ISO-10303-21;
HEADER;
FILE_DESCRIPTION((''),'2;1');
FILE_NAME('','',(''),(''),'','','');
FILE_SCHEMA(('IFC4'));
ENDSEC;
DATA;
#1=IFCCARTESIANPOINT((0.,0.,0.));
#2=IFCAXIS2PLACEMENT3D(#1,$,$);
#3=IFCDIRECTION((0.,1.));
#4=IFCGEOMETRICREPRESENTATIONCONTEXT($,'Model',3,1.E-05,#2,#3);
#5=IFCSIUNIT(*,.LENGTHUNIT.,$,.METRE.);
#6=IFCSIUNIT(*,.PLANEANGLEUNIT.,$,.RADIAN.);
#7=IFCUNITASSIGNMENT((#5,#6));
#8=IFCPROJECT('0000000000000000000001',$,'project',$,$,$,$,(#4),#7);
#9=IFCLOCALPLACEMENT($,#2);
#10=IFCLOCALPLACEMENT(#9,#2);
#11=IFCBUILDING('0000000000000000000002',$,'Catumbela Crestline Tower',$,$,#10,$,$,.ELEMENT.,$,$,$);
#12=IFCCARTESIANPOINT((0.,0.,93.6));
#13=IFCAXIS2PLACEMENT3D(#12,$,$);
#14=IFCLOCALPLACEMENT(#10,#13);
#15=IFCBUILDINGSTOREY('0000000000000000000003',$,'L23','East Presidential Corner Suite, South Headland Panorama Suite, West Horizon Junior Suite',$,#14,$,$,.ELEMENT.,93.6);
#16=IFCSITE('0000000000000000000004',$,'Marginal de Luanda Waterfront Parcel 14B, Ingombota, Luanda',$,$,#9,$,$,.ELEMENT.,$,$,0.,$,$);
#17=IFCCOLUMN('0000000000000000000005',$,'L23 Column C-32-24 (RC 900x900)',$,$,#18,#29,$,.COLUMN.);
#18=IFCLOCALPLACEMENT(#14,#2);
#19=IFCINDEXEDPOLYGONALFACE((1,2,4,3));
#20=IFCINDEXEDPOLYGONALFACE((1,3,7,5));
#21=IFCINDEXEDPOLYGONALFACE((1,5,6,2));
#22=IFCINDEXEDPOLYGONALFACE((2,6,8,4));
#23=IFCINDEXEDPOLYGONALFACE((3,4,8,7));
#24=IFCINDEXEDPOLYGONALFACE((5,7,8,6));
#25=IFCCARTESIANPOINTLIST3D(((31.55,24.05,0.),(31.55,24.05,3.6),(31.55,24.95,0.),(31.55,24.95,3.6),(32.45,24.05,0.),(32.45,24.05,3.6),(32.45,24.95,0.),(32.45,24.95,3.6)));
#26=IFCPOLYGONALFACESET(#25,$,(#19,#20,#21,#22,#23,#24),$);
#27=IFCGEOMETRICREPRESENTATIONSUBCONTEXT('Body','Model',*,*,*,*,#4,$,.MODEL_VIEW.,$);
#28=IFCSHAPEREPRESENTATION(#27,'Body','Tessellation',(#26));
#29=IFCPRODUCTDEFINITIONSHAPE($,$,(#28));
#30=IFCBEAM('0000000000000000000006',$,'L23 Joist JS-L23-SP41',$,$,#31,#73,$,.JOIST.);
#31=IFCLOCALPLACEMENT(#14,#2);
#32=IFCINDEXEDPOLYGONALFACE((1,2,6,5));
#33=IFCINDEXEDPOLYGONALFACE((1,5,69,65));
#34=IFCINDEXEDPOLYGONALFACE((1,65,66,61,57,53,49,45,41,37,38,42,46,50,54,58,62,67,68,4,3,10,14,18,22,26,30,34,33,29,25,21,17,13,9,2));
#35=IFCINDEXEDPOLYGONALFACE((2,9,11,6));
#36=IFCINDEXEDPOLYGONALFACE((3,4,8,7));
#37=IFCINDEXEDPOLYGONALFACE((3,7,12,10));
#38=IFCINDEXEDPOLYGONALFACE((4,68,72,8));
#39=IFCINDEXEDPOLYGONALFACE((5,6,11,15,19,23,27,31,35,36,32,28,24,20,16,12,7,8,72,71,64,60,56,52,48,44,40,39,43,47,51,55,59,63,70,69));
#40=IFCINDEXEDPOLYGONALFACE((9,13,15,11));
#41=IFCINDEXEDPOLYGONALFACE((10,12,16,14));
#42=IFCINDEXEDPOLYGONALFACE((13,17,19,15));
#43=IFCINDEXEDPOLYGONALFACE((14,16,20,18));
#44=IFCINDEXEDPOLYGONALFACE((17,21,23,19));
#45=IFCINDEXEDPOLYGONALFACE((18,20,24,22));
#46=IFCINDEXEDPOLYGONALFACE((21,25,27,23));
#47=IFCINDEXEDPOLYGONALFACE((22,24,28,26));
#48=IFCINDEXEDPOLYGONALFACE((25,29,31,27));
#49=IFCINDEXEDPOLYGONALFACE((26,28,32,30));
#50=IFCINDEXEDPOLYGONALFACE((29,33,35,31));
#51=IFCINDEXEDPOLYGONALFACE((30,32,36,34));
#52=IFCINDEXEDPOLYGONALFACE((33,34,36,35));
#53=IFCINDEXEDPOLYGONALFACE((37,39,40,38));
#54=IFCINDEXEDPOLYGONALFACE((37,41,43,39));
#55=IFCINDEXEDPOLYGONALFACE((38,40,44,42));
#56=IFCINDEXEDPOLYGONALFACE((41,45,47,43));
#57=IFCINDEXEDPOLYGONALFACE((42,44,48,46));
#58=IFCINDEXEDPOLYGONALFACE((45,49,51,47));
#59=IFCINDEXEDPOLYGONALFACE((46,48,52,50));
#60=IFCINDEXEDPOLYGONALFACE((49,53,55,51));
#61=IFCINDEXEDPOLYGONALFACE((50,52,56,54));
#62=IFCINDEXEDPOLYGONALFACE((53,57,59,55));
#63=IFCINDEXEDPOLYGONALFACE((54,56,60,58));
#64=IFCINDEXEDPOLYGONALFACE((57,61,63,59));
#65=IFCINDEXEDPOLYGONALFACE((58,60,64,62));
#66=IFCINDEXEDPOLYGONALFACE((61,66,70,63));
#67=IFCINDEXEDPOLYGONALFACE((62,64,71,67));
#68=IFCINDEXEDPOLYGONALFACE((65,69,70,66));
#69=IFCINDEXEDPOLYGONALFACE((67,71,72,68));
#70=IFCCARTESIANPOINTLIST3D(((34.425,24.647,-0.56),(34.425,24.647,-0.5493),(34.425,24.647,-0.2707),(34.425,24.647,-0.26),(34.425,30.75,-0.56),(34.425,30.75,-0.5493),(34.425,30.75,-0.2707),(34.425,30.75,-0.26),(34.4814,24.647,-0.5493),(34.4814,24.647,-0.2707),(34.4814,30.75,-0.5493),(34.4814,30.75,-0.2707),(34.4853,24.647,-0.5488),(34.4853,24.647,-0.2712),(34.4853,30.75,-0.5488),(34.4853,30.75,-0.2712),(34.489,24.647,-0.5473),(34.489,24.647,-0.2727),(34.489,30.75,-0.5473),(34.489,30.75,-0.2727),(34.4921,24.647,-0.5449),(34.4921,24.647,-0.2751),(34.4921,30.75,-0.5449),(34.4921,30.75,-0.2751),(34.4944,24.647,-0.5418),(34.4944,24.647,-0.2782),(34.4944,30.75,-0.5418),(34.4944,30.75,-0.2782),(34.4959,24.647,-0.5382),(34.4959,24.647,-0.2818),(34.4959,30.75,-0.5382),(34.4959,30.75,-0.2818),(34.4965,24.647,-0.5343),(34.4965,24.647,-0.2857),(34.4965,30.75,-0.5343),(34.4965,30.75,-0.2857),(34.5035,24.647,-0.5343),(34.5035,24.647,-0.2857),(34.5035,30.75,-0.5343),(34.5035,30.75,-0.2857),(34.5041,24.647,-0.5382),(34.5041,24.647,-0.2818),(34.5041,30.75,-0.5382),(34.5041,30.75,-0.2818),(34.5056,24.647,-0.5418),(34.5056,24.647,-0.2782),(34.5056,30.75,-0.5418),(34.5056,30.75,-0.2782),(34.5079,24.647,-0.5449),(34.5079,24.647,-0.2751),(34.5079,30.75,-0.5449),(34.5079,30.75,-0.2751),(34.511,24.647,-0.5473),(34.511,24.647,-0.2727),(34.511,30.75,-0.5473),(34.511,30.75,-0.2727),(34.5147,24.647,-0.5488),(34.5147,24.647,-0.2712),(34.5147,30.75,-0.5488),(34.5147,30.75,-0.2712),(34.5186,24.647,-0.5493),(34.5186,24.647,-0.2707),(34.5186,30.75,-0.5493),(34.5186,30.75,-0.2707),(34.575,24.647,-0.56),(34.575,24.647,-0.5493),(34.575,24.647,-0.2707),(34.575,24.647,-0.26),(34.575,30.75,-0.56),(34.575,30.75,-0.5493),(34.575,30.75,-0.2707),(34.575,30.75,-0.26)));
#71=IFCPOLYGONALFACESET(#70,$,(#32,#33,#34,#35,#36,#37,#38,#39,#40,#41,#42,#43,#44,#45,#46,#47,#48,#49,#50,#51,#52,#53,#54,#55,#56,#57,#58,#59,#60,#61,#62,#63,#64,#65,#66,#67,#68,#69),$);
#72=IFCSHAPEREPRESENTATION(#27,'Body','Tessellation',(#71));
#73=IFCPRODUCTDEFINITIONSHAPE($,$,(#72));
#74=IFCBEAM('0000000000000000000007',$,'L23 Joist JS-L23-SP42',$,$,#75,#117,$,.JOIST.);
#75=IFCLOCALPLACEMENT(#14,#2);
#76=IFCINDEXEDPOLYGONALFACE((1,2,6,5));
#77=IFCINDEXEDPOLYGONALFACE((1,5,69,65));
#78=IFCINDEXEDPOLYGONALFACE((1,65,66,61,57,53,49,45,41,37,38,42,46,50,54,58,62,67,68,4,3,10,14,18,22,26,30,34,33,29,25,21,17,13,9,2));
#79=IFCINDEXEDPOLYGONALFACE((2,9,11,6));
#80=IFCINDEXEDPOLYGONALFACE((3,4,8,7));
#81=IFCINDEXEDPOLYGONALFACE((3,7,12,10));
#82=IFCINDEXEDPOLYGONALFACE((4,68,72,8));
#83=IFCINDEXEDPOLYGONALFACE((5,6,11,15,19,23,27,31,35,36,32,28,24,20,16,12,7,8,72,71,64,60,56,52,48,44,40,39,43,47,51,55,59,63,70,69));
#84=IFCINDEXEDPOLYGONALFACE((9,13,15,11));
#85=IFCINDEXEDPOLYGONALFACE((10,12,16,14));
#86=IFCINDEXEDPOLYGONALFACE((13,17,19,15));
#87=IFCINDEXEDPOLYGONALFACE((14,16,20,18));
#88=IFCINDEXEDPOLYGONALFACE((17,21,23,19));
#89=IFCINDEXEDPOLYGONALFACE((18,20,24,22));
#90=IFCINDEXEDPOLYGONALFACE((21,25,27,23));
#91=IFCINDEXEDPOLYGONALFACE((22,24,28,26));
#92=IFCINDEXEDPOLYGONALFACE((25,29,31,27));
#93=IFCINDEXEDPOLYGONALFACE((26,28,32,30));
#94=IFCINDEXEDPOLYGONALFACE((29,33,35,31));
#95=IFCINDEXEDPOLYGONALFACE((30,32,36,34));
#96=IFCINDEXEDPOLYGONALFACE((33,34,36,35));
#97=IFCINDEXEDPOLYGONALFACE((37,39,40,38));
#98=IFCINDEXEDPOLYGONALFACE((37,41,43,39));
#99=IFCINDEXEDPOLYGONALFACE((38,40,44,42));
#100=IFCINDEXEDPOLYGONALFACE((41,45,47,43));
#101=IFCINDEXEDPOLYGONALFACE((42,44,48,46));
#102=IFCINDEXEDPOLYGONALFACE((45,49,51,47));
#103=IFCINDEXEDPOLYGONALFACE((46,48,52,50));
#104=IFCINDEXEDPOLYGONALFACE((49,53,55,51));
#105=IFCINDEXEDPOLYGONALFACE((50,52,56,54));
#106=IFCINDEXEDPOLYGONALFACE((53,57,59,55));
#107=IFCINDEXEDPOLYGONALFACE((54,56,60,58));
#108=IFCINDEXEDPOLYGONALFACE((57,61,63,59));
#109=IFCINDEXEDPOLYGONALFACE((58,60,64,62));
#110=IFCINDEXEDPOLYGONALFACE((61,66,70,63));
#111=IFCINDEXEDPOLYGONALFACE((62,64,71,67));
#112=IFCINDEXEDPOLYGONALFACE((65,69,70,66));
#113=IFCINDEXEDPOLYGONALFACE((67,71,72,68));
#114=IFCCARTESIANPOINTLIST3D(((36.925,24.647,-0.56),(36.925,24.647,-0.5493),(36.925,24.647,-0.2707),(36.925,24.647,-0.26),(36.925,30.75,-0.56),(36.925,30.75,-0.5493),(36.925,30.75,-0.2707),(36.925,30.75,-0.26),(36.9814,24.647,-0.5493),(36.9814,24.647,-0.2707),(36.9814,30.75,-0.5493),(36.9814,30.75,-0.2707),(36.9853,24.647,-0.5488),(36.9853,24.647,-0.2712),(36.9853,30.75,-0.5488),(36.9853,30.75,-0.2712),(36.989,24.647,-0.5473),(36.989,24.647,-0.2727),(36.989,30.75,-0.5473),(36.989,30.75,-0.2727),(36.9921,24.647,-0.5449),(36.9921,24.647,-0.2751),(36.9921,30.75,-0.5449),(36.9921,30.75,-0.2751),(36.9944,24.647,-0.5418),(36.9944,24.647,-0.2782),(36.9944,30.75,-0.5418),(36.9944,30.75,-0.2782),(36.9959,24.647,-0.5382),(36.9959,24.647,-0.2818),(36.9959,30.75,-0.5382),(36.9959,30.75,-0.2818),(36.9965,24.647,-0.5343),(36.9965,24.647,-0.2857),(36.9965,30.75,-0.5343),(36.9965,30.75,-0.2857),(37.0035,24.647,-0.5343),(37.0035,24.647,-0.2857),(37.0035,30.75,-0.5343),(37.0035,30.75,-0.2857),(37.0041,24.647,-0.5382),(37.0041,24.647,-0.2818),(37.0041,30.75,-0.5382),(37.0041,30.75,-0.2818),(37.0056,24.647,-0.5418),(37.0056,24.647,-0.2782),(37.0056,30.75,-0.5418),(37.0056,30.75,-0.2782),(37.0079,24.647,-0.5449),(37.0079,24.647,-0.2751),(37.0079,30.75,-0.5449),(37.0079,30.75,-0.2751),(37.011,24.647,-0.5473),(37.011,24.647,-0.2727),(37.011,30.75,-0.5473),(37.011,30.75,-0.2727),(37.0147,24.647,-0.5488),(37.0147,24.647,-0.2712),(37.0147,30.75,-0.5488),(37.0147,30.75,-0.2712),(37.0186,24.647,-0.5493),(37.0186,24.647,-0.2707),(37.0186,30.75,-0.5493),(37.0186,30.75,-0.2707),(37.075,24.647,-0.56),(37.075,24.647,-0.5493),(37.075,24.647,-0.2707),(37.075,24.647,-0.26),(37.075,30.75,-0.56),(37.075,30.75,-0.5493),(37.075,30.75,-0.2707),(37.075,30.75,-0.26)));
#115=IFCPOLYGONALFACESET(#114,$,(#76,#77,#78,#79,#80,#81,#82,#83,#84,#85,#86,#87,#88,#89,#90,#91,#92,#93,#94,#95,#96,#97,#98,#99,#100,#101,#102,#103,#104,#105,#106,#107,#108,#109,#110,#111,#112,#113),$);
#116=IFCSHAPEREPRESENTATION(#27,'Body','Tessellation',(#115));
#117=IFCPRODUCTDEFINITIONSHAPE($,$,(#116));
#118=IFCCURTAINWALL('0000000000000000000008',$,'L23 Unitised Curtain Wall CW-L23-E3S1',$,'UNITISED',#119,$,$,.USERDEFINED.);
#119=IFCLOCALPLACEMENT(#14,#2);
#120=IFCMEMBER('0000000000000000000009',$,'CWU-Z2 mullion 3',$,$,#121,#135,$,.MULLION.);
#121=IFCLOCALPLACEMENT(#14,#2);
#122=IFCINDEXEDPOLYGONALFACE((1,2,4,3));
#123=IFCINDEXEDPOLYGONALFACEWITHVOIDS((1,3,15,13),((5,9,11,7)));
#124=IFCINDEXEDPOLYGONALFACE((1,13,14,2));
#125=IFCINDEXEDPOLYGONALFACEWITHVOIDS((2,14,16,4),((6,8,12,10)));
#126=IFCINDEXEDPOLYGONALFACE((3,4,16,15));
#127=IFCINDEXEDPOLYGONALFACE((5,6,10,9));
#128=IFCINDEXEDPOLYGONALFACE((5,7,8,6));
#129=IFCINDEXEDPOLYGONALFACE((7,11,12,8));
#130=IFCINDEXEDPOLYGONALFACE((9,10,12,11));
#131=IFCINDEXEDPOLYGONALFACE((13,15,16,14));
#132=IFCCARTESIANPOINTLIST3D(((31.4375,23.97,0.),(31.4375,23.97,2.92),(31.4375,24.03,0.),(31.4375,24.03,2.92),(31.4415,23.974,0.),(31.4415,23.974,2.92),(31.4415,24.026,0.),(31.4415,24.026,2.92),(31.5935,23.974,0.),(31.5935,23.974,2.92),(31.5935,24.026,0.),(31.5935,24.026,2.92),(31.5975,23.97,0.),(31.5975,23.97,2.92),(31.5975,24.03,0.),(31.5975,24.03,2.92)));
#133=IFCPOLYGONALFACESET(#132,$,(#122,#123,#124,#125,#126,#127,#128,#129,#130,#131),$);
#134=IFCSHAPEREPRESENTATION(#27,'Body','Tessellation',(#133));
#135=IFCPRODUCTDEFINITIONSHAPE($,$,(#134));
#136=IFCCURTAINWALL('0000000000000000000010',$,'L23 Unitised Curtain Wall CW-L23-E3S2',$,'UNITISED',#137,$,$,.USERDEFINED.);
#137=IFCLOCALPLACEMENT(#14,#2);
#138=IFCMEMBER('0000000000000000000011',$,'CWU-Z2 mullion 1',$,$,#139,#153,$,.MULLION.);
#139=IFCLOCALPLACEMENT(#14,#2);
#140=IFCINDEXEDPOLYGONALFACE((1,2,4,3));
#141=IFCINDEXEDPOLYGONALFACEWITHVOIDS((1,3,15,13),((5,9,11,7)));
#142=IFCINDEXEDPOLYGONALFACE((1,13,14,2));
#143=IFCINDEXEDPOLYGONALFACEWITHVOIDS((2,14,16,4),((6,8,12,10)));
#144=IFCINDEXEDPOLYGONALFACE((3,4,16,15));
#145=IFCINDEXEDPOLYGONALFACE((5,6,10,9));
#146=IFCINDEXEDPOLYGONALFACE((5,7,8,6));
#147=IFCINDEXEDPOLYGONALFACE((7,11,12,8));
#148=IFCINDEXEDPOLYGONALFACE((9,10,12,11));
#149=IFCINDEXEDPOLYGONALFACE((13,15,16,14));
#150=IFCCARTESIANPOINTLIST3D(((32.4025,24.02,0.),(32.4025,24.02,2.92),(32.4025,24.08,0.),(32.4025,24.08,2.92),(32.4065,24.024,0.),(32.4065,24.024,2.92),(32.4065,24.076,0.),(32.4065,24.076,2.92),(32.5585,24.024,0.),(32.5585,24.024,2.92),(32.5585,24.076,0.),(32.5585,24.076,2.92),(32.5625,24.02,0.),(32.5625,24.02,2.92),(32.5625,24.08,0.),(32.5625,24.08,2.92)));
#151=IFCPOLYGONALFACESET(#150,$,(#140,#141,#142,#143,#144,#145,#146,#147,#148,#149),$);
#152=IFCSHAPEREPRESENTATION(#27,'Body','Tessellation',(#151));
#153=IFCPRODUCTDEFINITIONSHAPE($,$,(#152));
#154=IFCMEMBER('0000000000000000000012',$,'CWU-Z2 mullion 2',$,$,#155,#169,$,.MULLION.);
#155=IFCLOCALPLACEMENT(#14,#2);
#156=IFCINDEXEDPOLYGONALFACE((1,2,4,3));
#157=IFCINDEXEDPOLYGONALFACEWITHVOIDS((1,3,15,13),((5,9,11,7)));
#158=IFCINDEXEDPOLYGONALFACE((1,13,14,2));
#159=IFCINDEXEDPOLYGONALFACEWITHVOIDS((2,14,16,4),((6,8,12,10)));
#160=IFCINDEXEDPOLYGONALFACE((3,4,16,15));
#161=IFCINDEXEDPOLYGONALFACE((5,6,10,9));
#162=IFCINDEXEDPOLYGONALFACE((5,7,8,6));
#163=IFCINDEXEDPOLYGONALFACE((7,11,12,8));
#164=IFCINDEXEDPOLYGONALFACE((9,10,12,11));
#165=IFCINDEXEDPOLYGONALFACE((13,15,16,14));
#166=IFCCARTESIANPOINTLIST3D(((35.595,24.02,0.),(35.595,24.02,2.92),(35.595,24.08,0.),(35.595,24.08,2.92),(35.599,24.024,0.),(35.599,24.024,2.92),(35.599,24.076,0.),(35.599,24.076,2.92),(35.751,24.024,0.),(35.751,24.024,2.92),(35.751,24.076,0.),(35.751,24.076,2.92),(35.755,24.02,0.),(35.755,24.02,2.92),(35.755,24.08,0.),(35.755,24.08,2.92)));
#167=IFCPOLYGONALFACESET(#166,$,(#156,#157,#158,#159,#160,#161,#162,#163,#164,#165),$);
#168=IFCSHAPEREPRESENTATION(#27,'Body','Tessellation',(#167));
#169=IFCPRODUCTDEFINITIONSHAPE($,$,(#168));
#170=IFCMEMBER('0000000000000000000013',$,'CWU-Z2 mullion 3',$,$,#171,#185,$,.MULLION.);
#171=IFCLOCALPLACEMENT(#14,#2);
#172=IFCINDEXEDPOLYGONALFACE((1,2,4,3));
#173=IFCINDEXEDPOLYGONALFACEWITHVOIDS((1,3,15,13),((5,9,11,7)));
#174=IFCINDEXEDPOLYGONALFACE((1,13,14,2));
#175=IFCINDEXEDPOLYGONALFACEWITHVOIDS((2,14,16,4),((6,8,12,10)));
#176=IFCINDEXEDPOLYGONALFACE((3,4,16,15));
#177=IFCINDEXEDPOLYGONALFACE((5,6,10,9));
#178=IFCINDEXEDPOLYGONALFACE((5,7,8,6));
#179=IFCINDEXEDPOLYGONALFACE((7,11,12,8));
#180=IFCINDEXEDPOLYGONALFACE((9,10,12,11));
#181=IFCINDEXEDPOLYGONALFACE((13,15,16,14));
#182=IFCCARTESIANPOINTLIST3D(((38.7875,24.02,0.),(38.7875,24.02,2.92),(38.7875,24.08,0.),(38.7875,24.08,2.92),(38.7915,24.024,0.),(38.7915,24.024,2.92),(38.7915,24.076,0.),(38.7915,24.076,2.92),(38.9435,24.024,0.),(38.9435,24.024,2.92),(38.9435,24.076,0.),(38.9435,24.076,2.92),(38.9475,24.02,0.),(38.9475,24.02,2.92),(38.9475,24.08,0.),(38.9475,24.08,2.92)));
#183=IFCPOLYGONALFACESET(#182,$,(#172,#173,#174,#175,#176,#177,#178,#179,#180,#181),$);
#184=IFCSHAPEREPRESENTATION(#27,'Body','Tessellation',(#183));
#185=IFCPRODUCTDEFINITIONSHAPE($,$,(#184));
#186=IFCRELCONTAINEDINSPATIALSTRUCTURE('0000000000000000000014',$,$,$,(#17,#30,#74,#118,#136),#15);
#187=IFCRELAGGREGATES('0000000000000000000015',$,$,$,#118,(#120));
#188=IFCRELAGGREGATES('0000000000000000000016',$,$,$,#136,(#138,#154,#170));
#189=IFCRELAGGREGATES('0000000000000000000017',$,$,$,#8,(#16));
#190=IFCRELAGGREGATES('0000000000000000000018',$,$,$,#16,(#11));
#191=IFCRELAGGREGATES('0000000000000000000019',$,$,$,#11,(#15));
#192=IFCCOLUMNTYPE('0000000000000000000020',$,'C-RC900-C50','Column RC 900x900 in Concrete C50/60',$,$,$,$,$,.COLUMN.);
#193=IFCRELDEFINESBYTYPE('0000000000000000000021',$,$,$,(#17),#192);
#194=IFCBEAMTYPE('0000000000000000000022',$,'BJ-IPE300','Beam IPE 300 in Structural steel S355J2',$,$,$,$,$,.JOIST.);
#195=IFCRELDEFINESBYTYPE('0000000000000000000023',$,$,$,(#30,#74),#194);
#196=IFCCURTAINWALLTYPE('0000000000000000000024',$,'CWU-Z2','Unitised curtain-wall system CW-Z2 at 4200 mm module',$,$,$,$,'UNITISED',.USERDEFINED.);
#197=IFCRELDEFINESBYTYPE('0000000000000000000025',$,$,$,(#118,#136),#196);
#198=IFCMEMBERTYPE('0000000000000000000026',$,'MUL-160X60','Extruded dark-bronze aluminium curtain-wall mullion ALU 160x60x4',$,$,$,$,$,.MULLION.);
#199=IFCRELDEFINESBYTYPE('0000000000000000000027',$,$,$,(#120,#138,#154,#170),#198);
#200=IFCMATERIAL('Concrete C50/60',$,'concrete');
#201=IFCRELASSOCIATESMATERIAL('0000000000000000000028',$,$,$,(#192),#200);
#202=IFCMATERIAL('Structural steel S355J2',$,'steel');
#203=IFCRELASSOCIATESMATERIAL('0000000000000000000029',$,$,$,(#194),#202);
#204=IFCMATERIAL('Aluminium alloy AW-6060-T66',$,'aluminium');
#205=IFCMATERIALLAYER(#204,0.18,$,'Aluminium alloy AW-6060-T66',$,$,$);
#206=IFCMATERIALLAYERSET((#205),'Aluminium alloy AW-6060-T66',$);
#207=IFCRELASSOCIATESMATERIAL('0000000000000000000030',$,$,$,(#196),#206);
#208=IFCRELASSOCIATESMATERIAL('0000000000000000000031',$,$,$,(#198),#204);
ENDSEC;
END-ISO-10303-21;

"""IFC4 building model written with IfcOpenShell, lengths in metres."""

from ifc_helpers import new_model, si_unit, direction, frame, origin, origin_2d, place, context, subcontext, project, spatial, rectangle, hollow_rectangle, i_section, extrude, material, layer, layer_set, material_profile, profile_set, type_object, element, aggregate, save


model = new_model("IFC4")

# Units and contexts
model_context = context("Model", 3, precision=1e-05, world=origin(), true_north=direction((0.0, 1.0)))
body_context = subcontext(model_context, "Body", "Model", "MODEL_VIEW")
ifc_project = project(units=[si_unit("LENGTHUNIT", "METRE"), si_unit("PLANEANGLEUNIT", "RADIAN")], contexts=[model_context])

# Site, building, storey
site_placement = place(None, origin())
site = spatial("IfcSite", under=ifc_project, at=site_placement, Name="Marginal de Luanda Waterfront Parcel 14B, Ingombota, Luanda", CompositionType="ELEMENT", RefElevation=0.0)
building_placement = place(site_placement, origin())
building = spatial("IfcBuilding", under=site, at=building_placement, Name="Catumbela Crestline Tower", CompositionType="ELEMENT")
storey_placement = place(building_placement, frame((0.0, 0.0, 93.6)))
storey = spatial("IfcBuildingStorey", under=building, at=storey_placement, Name="L23", Description="East Presidential Corner Suite, South Headland Panorama Suite, West Horizon Junior Suite", CompositionType="ELEMENT", Elevation=93.6)

# Column
ifc_material_1 = material(Name="Concrete C50/60", Category="concrete")
ifc_material_profile_1 = material_profile(ifc_material_1, rectangle(XDim=0.9, YDim=0.9, at=origin_2d()), Name="RC 900x900")
ifc_profile_set_1 = profile_set([ifc_material_profile_1], Name="Concrete C50/60")
column_type = type_object("IfcColumnType", Name="C-RC900-C50", Description="Column RC 900x900 in Concrete C50/60", PredefinedType="COLUMN", material=ifc_profile_set_1)
column_placement = place(storey_placement, frame((32.0, 24.5, 0.0), z_axis=(0.0, 0.0, 1.0), x_axis=(1.0, 0.0, 0.0)))
element("IfcColumn", 1, at=column_placement, inside=storey, type_object=column_type, Name="L23 Column C-32-24 (RC 900x900)", PredefinedType="COLUMN", context=body_context, shape_type="SweptSolid", body=[
    extrude(rectangle(XDim=0.9, YDim=0.9, at=origin_2d()), origin(), (0.0, 0.0, 1.0), 3.6),
])

# Beams
ifc_material_2 = material(Name="Structural steel S355J2", Category="steel")
ifc_material_profile_2 = material_profile(ifc_material_2, i_section(OverallWidth=0.15, OverallDepth=0.3, WebThickness=0.0071, FlangeThickness=0.0107, FilletRadius=0.015, at=origin_2d()), Name="IPE 300")
ifc_profile_set_2 = profile_set([ifc_material_profile_2], Name="Structural steel S355J2")
beam_type_1 = type_object("IfcBeamType", Name="BJ-IPE300", Description="Beam IPE 300 in Structural steel S355J2", PredefinedType="JOIST", material=ifc_profile_set_2)
for number, where, z_axis, x_axis, name in (
    (2, (34.5, 24.647, -0.41), (0.0, 1.0, 0.0), (-1.0, 0.0, 0.0), "L23 Joist JS-L23-SP41"),
    (3, (37.0, 24.647, -0.41), (0.0, 1.0, 0.0), (-1.0, 0.0, 0.0), "L23 Joist JS-L23-SP42"),
):
    element("IfcBeam", number, at=place(storey_placement, frame(where, z_axis=z_axis, x_axis=x_axis)), inside=storey, type_object=beam_type_1, Name=name, PredefinedType="JOIST", context=body_context, shape_type="SweptSolid", body=[
        extrude(i_section(OverallWidth=0.15, OverallDepth=0.3, WebThickness=0.0071, FlangeThickness=0.0107, FilletRadius=0.015, at=origin_2d()), origin(), (0.0, 0.0, 1.0), 6.103),
    ])

# Curtain wall, member
ifc_material_3 = material(Name="Aluminium alloy AW-6060-T66", Category="aluminium")
ifc_layer_1 = layer(ifc_material_3, 0.18, Name="Aluminium alloy AW-6060-T66")
ifc_layer_set_1 = layer_set([ifc_layer_1], Name="Aluminium alloy AW-6060-T66")
curtain_wall_type = type_object("IfcCurtainWallType", Name="CWU-Z2", Description="Unitised curtain-wall system CW-Z2 at 4200 mm module", ElementType="UNITISED", PredefinedType="USERDEFINED", material=ifc_layer_set_1)
curtain_wall_1_placement = place(storey_placement, origin())
curtain_wall_1 = element("IfcCurtainWall", 4, at=curtain_wall_1_placement, inside=storey, type_object=curtain_wall_type, Name="L23 Unitised Curtain Wall CW-L23-E3S1", ObjectType="UNITISED", PredefinedType="USERDEFINED")
ifc_material_profile_3 = material_profile(ifc_material_3, hollow_rectangle(XDim=0.06, YDim=0.16, WallThickness=0.004, at=origin_2d()), Name="ALU 160x60x4")
ifc_profile_set_3 = profile_set([ifc_material_profile_3], Name="Aluminium alloy AW-6060-T66")
member_type_1 = type_object("IfcMemberType", Name="MUL-160X60", Description="Extruded dark-bronze aluminium curtain-wall mullion ALU 160x60x4", PredefinedType="MULLION", material=ifc_profile_set_3)
member_1_placement = place(storey_placement, frame((31.5175, 24.0, 0.0), z_axis=(0.0, 0.0, 1.0), x_axis=(0.0, 1.0, 0.0)))
member_1 = element("IfcMember", 5, at=member_1_placement, type_object=member_type_1, Name="CWU-Z2 mullion 3", PredefinedType="MULLION", context=body_context, shape_type="SweptSolid", body=[
    extrude(hollow_rectangle(XDim=0.06, YDim=0.16, WallThickness=0.004, at=origin_2d()), origin(), (0.0, 0.0, 1.0), 2.92),
])

# Curtain wall, members
curtain_wall_2_placement = place(storey_placement, origin())
curtain_wall_2 = element("IfcCurtainWall", 6, at=curtain_wall_2_placement, inside=storey, type_object=curtain_wall_type, Name="L23 Unitised Curtain Wall CW-L23-E3S2", ObjectType="UNITISED", PredefinedType="USERDEFINED")
member_2_placement = place(storey_placement, frame((32.4825, 24.05, 0.0), z_axis=(0.0, 0.0, 1.0), x_axis=(0.0, 1.0, 0.0)))
member_2 = element("IfcMember", 7, at=member_2_placement, type_object=member_type_1, Name="CWU-Z2 mullion 1", PredefinedType="MULLION", context=body_context, shape_type="SweptSolid", body=[
    extrude(hollow_rectangle(XDim=0.06, YDim=0.16, WallThickness=0.004, at=origin_2d()), origin(), (0.0, 0.0, 1.0), 2.92),
])
member_3_placement = place(storey_placement, frame((35.675, 24.05, 0.0), z_axis=(0.0, 0.0, 1.0), x_axis=(0.0, 1.0, 0.0)))
member_3 = element("IfcMember", 8, at=member_3_placement, type_object=member_type_1, Name="CWU-Z2 mullion 2", PredefinedType="MULLION", context=body_context, shape_type="SweptSolid", body=[
    extrude(hollow_rectangle(XDim=0.06, YDim=0.16, WallThickness=0.004, at=origin_2d()), origin(), (0.0, 0.0, 1.0), 2.92),
])
member_4_placement = place(storey_placement, frame((38.8675, 24.05, 0.0), z_axis=(0.0, 0.0, 1.0), x_axis=(0.0, 1.0, 0.0)))
member_4 = element("IfcMember", 9, at=member_4_placement, type_object=member_type_1, Name="CWU-Z2 mullion 3", PredefinedType="MULLION", context=body_context, shape_type="SweptSolid", body=[
    extrude(hollow_rectangle(XDim=0.06, YDim=0.16, WallThickness=0.004, at=origin_2d()), origin(), (0.0, 0.0, 1.0), 2.92),
])

aggregate(curtain_wall_1, [member_1])
aggregate(curtain_wall_2, [member_2, member_3, member_4])

save(model, "model.ifc")
